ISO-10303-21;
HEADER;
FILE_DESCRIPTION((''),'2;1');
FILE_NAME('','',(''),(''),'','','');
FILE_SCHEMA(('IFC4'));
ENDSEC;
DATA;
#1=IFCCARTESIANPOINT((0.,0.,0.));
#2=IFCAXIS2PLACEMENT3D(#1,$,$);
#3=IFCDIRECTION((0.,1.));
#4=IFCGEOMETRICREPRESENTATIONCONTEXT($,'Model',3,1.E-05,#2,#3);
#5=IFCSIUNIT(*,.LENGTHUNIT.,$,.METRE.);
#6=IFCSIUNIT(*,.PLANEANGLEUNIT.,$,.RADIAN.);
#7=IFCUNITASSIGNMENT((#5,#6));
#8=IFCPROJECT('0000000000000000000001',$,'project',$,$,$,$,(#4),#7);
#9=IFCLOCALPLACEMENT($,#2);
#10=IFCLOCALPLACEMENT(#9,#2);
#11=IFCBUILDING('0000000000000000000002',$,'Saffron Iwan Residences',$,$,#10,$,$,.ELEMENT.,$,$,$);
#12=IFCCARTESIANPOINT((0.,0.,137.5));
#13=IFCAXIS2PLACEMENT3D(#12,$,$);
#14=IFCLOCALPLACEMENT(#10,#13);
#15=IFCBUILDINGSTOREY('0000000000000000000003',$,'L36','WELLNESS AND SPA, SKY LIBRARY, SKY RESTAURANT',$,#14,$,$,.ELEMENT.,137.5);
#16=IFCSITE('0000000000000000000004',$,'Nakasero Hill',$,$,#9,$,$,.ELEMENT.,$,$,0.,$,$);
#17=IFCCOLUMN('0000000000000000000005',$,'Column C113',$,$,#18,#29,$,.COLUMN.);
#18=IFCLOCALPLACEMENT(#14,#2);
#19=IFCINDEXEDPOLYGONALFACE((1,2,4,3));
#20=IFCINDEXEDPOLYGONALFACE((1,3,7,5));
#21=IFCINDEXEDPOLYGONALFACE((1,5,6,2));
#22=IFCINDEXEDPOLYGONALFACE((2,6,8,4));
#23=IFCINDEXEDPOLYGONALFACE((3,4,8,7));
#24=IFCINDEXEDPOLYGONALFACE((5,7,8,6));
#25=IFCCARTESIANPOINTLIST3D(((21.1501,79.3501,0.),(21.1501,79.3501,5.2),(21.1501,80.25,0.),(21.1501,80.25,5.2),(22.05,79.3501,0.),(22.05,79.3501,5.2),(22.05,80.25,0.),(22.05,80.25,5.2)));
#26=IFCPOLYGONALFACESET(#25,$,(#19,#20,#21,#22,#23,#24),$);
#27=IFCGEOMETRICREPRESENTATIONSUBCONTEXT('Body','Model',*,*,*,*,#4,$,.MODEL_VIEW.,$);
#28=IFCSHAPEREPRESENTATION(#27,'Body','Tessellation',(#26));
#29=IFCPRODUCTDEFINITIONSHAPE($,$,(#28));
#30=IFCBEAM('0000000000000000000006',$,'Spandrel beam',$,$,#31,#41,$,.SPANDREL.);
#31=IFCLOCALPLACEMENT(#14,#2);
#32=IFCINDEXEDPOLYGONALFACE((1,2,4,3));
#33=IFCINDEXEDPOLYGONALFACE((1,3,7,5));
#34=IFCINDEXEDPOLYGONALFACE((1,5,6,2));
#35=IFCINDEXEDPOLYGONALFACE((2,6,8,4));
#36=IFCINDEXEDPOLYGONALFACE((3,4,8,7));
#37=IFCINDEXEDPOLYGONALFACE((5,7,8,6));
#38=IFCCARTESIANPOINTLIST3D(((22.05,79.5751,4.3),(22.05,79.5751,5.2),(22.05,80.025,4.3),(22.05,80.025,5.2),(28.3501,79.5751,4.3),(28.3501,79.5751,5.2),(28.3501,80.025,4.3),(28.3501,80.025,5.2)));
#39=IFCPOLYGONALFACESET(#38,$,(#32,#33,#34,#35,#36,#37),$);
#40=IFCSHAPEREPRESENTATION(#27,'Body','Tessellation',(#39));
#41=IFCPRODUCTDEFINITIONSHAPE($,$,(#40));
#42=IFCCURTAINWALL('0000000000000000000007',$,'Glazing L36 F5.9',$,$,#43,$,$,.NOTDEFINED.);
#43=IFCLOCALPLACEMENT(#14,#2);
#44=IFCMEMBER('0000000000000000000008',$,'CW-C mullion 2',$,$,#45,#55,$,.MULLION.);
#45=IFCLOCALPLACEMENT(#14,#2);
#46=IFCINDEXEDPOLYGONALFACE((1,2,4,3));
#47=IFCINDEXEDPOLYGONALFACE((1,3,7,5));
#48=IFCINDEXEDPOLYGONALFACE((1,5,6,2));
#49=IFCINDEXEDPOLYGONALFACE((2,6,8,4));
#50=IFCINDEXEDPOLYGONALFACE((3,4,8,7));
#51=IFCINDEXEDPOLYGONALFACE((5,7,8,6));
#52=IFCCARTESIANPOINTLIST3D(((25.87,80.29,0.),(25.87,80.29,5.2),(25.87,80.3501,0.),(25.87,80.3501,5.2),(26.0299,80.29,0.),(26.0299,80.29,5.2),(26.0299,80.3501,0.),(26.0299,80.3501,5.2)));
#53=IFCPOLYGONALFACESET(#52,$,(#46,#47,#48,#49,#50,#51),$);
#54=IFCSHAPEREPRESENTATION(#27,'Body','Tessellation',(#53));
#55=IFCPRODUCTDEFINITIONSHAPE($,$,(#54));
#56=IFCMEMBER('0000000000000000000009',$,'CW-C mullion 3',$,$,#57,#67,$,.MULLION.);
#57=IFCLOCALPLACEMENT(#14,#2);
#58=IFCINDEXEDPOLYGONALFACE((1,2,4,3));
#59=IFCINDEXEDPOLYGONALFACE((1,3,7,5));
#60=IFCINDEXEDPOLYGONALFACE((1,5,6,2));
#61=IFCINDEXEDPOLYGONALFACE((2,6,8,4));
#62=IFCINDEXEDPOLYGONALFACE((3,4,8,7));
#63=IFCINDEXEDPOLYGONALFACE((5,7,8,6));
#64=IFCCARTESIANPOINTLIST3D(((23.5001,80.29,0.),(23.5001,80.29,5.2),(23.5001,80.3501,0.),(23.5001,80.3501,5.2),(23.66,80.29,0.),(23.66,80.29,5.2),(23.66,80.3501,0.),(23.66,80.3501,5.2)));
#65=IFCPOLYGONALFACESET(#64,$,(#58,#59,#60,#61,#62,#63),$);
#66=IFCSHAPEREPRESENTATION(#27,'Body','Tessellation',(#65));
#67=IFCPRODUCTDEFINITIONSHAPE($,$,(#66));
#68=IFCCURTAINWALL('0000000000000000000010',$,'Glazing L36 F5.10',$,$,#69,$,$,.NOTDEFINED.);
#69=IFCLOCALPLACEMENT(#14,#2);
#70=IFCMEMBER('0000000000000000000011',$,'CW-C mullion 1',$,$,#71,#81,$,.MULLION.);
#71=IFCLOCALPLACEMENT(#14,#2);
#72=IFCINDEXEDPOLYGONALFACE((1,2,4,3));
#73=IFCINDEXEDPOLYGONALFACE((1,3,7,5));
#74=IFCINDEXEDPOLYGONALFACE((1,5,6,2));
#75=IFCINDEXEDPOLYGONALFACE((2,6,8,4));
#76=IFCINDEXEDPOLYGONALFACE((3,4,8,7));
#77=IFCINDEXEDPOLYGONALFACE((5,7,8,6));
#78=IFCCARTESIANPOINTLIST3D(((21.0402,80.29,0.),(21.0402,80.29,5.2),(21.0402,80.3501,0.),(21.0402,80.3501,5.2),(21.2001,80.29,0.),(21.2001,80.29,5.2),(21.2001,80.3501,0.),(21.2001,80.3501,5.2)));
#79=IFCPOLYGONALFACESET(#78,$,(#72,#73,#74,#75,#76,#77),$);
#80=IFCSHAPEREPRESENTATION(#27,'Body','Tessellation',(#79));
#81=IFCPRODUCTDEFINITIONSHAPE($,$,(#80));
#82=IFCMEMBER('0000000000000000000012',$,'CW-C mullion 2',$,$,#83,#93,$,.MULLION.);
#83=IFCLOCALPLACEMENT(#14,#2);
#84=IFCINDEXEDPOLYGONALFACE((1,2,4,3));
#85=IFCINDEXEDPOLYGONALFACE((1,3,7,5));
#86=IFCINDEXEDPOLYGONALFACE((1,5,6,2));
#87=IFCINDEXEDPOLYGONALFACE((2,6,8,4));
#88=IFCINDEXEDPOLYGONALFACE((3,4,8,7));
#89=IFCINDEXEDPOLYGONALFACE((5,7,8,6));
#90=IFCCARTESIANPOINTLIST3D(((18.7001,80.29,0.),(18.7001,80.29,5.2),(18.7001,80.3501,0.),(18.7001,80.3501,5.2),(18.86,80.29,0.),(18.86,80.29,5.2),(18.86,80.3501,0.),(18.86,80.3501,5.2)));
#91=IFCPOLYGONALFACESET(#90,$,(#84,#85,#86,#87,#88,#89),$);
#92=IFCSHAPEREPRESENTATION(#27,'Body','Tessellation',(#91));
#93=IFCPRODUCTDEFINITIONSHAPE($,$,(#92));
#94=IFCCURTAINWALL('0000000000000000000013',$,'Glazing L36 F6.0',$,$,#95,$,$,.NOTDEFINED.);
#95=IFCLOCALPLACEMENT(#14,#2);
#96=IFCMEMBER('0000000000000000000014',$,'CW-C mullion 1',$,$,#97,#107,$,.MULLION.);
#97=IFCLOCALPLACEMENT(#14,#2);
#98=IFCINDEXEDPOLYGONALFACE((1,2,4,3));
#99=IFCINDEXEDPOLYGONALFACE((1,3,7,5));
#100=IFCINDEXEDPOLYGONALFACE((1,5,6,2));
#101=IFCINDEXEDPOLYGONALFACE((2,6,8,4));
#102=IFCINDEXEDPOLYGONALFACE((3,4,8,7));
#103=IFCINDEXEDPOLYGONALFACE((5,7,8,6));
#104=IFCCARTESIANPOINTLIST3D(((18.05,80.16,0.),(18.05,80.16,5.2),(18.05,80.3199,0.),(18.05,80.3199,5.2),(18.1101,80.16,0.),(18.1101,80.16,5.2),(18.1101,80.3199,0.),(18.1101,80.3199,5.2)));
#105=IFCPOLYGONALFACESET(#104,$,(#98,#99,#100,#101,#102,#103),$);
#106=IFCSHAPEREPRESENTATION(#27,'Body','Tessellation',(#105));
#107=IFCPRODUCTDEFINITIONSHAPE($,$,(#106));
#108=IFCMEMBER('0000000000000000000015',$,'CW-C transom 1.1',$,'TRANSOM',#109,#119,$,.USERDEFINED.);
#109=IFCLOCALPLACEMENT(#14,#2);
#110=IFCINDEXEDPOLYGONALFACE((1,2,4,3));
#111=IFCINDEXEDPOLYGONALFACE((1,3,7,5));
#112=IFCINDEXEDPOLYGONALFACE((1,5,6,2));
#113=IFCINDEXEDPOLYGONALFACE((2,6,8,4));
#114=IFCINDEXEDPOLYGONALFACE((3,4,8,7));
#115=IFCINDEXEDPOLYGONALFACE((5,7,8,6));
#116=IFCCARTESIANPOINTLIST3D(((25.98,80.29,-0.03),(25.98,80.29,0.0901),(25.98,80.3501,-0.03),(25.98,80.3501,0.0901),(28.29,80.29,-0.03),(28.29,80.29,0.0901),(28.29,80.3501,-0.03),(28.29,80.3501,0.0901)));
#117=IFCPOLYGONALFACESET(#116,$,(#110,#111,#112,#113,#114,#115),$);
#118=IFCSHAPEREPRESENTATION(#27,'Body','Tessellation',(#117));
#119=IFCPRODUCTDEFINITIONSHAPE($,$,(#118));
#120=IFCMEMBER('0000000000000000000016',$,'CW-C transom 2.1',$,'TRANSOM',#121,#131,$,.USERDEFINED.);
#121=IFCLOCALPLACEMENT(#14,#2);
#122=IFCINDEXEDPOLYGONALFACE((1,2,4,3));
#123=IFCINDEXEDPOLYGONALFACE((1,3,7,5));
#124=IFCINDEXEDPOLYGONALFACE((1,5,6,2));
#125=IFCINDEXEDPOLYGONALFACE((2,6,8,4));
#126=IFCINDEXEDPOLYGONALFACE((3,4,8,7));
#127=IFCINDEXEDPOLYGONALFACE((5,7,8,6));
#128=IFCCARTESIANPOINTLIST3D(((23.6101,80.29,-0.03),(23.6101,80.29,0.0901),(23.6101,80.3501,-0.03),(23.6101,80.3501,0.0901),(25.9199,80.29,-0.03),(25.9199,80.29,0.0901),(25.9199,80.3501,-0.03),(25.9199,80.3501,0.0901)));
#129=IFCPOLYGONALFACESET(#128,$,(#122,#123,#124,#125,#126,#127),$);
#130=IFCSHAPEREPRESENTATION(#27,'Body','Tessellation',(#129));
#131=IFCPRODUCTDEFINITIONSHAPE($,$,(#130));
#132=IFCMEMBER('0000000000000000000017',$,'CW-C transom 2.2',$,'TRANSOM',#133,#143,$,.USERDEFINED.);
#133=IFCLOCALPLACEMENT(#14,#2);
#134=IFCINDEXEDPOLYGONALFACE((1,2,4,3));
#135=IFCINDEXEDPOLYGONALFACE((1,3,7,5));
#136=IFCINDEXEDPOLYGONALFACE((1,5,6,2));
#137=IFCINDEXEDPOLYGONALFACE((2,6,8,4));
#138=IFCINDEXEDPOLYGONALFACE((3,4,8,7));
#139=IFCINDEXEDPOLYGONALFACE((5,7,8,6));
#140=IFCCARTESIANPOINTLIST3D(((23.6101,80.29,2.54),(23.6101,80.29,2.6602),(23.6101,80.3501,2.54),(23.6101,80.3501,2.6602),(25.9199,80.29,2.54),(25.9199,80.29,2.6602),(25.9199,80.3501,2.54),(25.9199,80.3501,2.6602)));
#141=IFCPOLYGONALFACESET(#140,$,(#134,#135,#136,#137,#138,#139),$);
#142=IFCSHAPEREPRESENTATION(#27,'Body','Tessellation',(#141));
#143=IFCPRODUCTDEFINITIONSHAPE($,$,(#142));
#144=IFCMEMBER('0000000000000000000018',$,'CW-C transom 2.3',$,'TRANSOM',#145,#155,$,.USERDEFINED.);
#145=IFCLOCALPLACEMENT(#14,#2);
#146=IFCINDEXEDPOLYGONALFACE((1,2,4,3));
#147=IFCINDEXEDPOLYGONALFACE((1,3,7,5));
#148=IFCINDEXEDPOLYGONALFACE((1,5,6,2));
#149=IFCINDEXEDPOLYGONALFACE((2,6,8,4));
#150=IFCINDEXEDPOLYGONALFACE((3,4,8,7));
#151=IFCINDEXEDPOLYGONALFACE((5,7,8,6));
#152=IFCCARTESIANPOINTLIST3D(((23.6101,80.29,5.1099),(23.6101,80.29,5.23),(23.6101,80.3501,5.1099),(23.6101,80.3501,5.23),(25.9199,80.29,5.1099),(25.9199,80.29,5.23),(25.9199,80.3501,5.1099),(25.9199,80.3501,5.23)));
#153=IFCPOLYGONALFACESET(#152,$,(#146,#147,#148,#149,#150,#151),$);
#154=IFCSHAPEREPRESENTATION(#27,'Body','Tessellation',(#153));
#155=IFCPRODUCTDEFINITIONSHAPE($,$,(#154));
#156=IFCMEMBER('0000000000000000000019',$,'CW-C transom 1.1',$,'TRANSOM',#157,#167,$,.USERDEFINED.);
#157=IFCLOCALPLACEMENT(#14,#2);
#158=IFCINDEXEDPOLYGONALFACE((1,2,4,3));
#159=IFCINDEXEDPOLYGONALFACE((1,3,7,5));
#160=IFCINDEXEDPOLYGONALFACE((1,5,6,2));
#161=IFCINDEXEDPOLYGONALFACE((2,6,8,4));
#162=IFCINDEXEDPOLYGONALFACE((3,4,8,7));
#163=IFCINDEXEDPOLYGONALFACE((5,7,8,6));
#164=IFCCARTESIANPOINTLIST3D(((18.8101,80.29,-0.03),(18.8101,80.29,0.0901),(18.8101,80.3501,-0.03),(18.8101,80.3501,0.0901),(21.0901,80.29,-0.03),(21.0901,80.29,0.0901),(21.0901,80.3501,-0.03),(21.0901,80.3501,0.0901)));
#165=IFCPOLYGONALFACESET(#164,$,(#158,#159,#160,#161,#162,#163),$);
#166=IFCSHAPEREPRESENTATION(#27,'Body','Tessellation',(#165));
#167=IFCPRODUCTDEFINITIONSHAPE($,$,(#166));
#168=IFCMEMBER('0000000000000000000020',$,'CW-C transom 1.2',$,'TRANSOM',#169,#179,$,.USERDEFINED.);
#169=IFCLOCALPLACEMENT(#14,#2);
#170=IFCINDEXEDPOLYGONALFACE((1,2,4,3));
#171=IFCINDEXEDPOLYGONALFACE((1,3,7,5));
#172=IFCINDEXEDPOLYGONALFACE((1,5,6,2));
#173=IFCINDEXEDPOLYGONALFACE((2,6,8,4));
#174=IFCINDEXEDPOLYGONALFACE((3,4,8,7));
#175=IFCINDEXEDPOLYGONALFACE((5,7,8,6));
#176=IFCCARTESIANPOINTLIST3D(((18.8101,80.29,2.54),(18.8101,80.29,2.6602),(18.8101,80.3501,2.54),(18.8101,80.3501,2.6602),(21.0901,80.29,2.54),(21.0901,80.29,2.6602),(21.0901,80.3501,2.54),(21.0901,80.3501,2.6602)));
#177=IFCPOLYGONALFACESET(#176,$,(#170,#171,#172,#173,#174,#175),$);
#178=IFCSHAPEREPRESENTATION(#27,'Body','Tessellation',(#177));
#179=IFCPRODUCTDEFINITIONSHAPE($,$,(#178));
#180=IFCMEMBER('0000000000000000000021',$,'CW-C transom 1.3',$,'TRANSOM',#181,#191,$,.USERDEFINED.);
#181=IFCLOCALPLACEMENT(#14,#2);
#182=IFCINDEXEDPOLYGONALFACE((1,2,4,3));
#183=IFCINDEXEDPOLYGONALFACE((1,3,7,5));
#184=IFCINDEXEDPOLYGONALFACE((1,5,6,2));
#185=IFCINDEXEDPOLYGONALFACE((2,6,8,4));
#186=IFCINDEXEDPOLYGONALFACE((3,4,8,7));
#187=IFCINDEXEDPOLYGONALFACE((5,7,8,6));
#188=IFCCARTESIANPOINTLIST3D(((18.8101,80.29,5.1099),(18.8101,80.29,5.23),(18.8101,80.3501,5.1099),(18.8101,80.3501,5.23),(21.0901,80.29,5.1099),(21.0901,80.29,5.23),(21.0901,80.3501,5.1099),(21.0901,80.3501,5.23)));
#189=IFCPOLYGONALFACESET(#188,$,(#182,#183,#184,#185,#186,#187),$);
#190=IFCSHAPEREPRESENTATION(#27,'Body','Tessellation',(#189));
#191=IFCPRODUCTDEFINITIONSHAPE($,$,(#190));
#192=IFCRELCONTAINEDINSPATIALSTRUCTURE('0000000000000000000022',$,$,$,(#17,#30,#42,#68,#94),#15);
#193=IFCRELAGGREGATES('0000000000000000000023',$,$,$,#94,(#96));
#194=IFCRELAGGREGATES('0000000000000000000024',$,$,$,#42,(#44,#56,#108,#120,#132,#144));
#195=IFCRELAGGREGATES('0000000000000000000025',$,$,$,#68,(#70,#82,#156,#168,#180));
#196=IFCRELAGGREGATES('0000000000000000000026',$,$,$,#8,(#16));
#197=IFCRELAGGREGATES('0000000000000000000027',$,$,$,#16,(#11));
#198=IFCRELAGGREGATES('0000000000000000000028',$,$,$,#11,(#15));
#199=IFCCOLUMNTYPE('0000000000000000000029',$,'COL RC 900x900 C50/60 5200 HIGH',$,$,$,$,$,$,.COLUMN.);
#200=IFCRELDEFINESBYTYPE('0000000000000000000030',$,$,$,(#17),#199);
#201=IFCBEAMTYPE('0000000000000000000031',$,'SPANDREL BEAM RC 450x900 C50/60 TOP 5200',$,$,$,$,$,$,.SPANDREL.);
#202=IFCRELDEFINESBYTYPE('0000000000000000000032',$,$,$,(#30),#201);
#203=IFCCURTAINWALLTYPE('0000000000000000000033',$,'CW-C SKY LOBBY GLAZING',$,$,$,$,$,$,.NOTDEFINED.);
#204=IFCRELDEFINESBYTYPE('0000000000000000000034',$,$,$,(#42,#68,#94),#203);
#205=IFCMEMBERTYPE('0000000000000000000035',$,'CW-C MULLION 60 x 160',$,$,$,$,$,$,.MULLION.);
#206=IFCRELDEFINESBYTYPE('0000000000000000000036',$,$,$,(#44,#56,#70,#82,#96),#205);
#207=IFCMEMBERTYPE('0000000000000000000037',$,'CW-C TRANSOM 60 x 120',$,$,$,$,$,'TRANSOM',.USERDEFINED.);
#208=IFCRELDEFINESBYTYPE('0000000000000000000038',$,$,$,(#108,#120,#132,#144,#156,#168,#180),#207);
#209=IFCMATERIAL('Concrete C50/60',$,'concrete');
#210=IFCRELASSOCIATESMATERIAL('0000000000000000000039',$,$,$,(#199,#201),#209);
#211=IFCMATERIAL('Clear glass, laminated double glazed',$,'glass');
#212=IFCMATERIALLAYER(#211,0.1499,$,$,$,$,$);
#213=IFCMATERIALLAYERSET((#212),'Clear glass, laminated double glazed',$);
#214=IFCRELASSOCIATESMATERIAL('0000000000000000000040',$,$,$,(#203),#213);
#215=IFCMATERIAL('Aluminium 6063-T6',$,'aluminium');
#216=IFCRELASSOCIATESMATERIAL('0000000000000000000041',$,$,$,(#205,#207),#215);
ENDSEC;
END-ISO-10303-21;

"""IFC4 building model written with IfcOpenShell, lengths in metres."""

from ifc_helpers import new_model, si_unit, direction, frame, origin, origin_2d, place, context, subcontext, project, spatial, rectangle, extrude, source, transform, mapped, material, layer, layer_set, material_profile, profile_set, type_object, element, aggregate, save


model = new_model("IFC4")

# Units and contexts
model_context = context("Model", 3, precision=1e-05, world=origin(), true_north=direction((0.0, 1.0)))
body_context = subcontext(model_context, "Body", "Model", "MODEL_VIEW")
ifc_project = project(units=[si_unit("LENGTHUNIT", "METRE"), si_unit("PLANEANGLEUNIT", "RADIAN")], contexts=[model_context])

# Site, building, storey
site_placement = place(None, origin())
site = spatial("IfcSite", under=ifc_project, at=site_placement, Name="Nakasero Hill", CompositionType="ELEMENT", RefElevation=0.0)
building_placement = place(site_placement, origin())
building = spatial("IfcBuilding", under=site, at=building_placement, Name="Saffron Iwan Residences", CompositionType="ELEMENT")
storey_placement = place(building_placement, frame((0.0, 0.0, 137.5)))
storey = spatial("IfcBuildingStorey", under=building, at=storey_placement, Name="L36", Description="WELLNESS AND SPA, SKY LIBRARY, SKY RESTAURANT", CompositionType="ELEMENT", Elevation=137.5)

# Column
ifc_material_1 = material(Name="Concrete C50/60", Category="concrete")
ifc_material_profile_1 = material_profile(ifc_material_1, rectangle(XDim=0.8999, YDim=0.8999, at=origin_2d()), Name="RC 900x900")
ifc_profile_set_1 = profile_set([ifc_material_profile_1], Name="Concrete C50/60")
column_type = type_object("IfcColumnType", Name="COL RC 900x900 C50/60 5200 HIGH", PredefinedType="COLUMN", material=ifc_profile_set_1)
shared_shape_1 = source(origin(), body_context, "Body", "SweptSolid", [
    extrude(rectangle(XDim=0.8999, YDim=0.8999, at=origin_2d()), origin(), (0.0, 0.0, 1.0), 5.2),
])
column_placement = place(storey_placement, frame((21.6001, 79.8, 0.0), z_axis=(0.0, 0.0, 1.0), x_axis=(1.0, 0.0, 0.0)))
element("IfcColumn", 1, at=column_placement, inside=storey, type_object=column_type, Name="Column C113", PredefinedType="COLUMN", context=body_context, shape_type="MappedRepresentation", body=[
    mapped(shared_shape_1, transform((0.0, 0.0, 0.0))),
])

# Beam
ifc_material_profile_2 = material_profile(ifc_material_1, rectangle(XDim=0.45, YDim=0.8999, at=origin_2d()), Name="RC 450x900")
ifc_profile_set_2 = profile_set([ifc_material_profile_2], Name="Concrete C50/60")
beam_type = type_object("IfcBeamType", Name="SPANDREL BEAM RC 450x900 C50/60 TOP 5200", PredefinedType="SPANDREL", material=ifc_profile_set_2)
shared_shape_2 = source(origin(), body_context, "Body", "SweptSolid", [
    extrude(rectangle(XDim=0.45, YDim=0.8999, at=origin_2d()), origin(), (0.0, 0.0, 1.0), 6.3),
])
beam_placement = place(storey_placement, frame((22.05, 79.8, 4.75), z_axis=(1.0, 0.0, 0.0), x_axis=(0.0, 1.0, 0.0)))
element("IfcBeam", 2, at=beam_placement, inside=storey, type_object=beam_type, Name="Spandrel beam", PredefinedType="SPANDREL", context=body_context, shape_type="MappedRepresentation", body=[
    mapped(shared_shape_2, transform((0.0, 0.0, 0.0))),
])

# Curtain walls, members
ifc_material_2 = material(Name="Clear glass, laminated double glazed", Category="glass")
ifc_layer_1 = layer(ifc_material_2, 0.1499)
ifc_layer_set_1 = layer_set([ifc_layer_1], Name="Clear glass, laminated double glazed")
curtain_wall_type = type_object("IfcCurtainWallType", Name="CW-C SKY LOBBY GLAZING", PredefinedType="NOTDEFINED", material=ifc_layer_set_1)
curtain_wall_1_placement = place(storey_placement, origin())
curtain_wall_1 = element("IfcCurtainWall", 3, at=curtain_wall_1_placement, inside=storey, type_object=curtain_wall_type, Name="Glazing L36 F5.9", PredefinedType="NOTDEFINED")
ifc_material_3 = material(Name="Aluminium 6063-T6", Category="aluminium")
ifc_material_profile_3 = material_profile(ifc_material_3, rectangle(XDim=0.0601, YDim=0.1599, at=origin_2d()), Name="CW-C MULLION 60 x 160")
ifc_profile_set_3 = profile_set([ifc_material_profile_3], Name="Aluminium 6063-T6")
member_type_1 = type_object("IfcMemberType", Name="CW-C MULLION 60 x 160", PredefinedType="MULLION", material=ifc_profile_set_3)
shared_shape_3 = source(origin(), body_context, "Body", "SweptSolid", [
    extrude(rectangle(XDim=0.0601, YDim=0.1599, at=origin_2d()), origin(), (0.0, 0.0, 1.0), 5.2),
])
member_1_placement = place(storey_placement, frame((25.95, 80.3201, 0.0), z_axis=(0.0, 0.0, 1.0), x_axis=(0.0, -1.0, 0.0)))
member_1 = element("IfcMember", 4, at=member_1_placement, type_object=member_type_1, Name="CW-C mullion 2", PredefinedType="MULLION", context=body_context, shape_type="MappedRepresentation", body=[
    mapped(shared_shape_3, transform((0.0, 0.0, 0.0))),
])
member_2_placement = place(storey_placement, frame((23.5801, 80.3201, 0.0), z_axis=(0.0, 0.0, 1.0), x_axis=(0.0, -1.0, 0.0)))
member_2 = element("IfcMember", 5, at=member_2_placement, type_object=member_type_1, Name="CW-C mullion 3", PredefinedType="MULLION", context=body_context, shape_type="MappedRepresentation", body=[
    mapped(shared_shape_3, transform((0.0, 0.0, 0.0))),
])
curtain_wall_2_placement = place(storey_placement, origin())
curtain_wall_2 = element("IfcCurtainWall", 6, at=curtain_wall_2_placement, inside=storey, type_object=curtain_wall_type, Name="Glazing L36 F5.10", PredefinedType="NOTDEFINED")
member_3_placement = place(storey_placement, frame((21.1201, 80.3201, 0.0), z_axis=(0.0, 0.0, 1.0), x_axis=(0.0, -1.0, 0.0)))
member_3 = element("IfcMember", 7, at=member_3_placement, type_object=member_type_1, Name="CW-C mullion 1", PredefinedType="MULLION", context=body_context, shape_type="MappedRepresentation", body=[
    mapped(shared_shape_3, transform((0.0, 0.0, 0.0))),
])
member_4_placement = place(storey_placement, frame((18.78, 80.3201, 0.0), z_axis=(0.0, 0.0, 1.0), x_axis=(0.0, -1.0, 0.0)))
member_4 = element("IfcMember", 8, at=member_4_placement, type_object=member_type_1, Name="CW-C mullion 2", PredefinedType="MULLION", context=body_context, shape_type="MappedRepresentation", body=[
    mapped(shared_shape_3, transform((0.0, 0.0, 0.0))),
])

# Curtain wall, member
curtain_wall_3_placement = place(storey_placement, origin())
curtain_wall_3 = element("IfcCurtainWall", 9, at=curtain_wall_3_placement, inside=storey, type_object=curtain_wall_type, Name="Glazing L36 F6.0", PredefinedType="NOTDEFINED")
member_5_placement = place(storey_placement, frame((18.0801, 80.24, 0.0), z_axis=(0.0, 0.0, 1.0), x_axis=(1.0, 0.0, 0.0)))
member_5 = element("IfcMember", 10, at=member_5_placement, type_object=member_type_1, Name="CW-C mullion 1", PredefinedType="MULLION", context=body_context, shape_type="MappedRepresentation", body=[
    mapped(shared_shape_3, transform((0.0, 0.0, 0.0))),
])
aggregate(curtain_wall_3, [member_5])

# Members
ifc_material_profile_4 = material_profile(ifc_material_3, rectangle(XDim=0.0601, YDim=0.1201, at=origin_2d()), Name="CW-C TRANSOM 60 x 120")
ifc_profile_set_4 = profile_set([ifc_material_profile_4], Name="Aluminium 6063-T6")
member_type_2 = type_object("IfcMemberType", Name="CW-C TRANSOM 60 x 120", ElementType="TRANSOM", PredefinedType="USERDEFINED", material=ifc_profile_set_4)
shared_shape_4 = source(origin(), body_context, "Body", "SweptSolid", [
    extrude(rectangle(XDim=0.0601, YDim=0.1201, at=origin_2d()), origin(), (0.0, 0.0, 1.0), 2.3101),
])
member_6_placement = place(storey_placement, frame((28.29, 80.3201, 0.03), z_axis=(-1.0, 0.0, 0.0), x_axis=(0.0, -1.0, 0.0)))
member_6 = element("IfcMember", 11, at=member_6_placement, type_object=member_type_2, Name="CW-C transom 1.1", ObjectType="TRANSOM", PredefinedType="USERDEFINED", context=body_context, shape_type="MappedRepresentation", body=[
    mapped(shared_shape_4, transform((0.0, 0.0, 0.0))),
])
shared_shape_5 = source(origin(), body_context, "Body", "SweptSolid", [
    extrude(rectangle(XDim=0.0601, YDim=0.1201, at=origin_2d()), origin(), (0.0, 0.0, 1.0), 2.3098),
])
member_7_placement = place(storey_placement, frame((25.9199, 80.3201, 0.03), z_axis=(-1.0, 0.0, 0.0), x_axis=(0.0, -1.0, 0.0)))
member_7 = element("IfcMember", 12, at=member_7_placement, type_object=member_type_2, Name="CW-C transom 2.1", ObjectType="TRANSOM", PredefinedType="USERDEFINED", context=body_context, shape_type="MappedRepresentation", body=[
    mapped(shared_shape_5, transform((0.0, 0.0, 0.0))),
])
member_8_placement = place(storey_placement, frame((25.9199, 80.3201, 2.6001), z_axis=(-1.0, 0.0, 0.0), x_axis=(0.0, -1.0, 0.0)))
member_8 = element("IfcMember", 13, at=member_8_placement, type_object=member_type_2, Name="CW-C transom 2.2", ObjectType="TRANSOM", PredefinedType="USERDEFINED", context=body_context, shape_type="MappedRepresentation", body=[
    mapped(shared_shape_5, transform((0.0, 0.0, 0.0))),
])
member_9_placement = place(storey_placement, frame((25.9199, 80.3201, 5.1699), z_axis=(-1.0, 0.0, 0.0), x_axis=(0.0, -1.0, 0.0)))
member_9 = element("IfcMember", 14, at=member_9_placement, type_object=member_type_2, Name="CW-C transom 2.3", ObjectType="TRANSOM", PredefinedType="USERDEFINED", context=body_context, shape_type="MappedRepresentation", body=[
    mapped(shared_shape_5, transform((0.0, 0.0, 0.0))),
])
shared_shape_6 = source(origin(), body_context, "Body", "SweptSolid", [
    extrude(rectangle(XDim=0.0601, YDim=0.1201, at=origin_2d()), origin(), (0.0, 0.0, 1.0), 2.28),
])
member_10_placement = place(storey_placement, frame((21.0901, 80.3201, 0.03), z_axis=(-1.0, 0.0, 0.0), x_axis=(0.0, -1.0, 0.0)))
member_10 = element("IfcMember", 15, at=member_10_placement, type_object=member_type_2, Name="CW-C transom 1.1", ObjectType="TRANSOM", PredefinedType="USERDEFINED", context=body_context, shape_type="MappedRepresentation", body=[
    mapped(shared_shape_6, transform((0.0, 0.0, 0.0))),
])
member_11_placement = place(storey_placement, frame((21.0901, 80.3201, 2.6001), z_axis=(-1.0, 0.0, 0.0), x_axis=(0.0, -1.0, 0.0)))
member_11 = element("IfcMember", 16, at=member_11_placement, type_object=member_type_2, Name="CW-C transom 1.2", ObjectType="TRANSOM", PredefinedType="USERDEFINED", context=body_context, shape_type="MappedRepresentation", body=[
    mapped(shared_shape_6, transform((0.0, 0.0, 0.0))),
])
member_12_placement = place(storey_placement, frame((21.0901, 80.3201, 5.1699), z_axis=(-1.0, 0.0, 0.0), x_axis=(0.0, -1.0, 0.0)))
member_12 = element("IfcMember", 17, at=member_12_placement, type_object=member_type_2, Name="CW-C transom 1.3", ObjectType="TRANSOM", PredefinedType="USERDEFINED", context=body_context, shape_type="MappedRepresentation", body=[
    mapped(shared_shape_6, transform((0.0, 0.0, 0.0))),
])

aggregate(curtain_wall_1, [member_1, member_2, member_6, member_7, member_8, member_9])
aggregate(curtain_wall_2, [member_3, member_4, member_10, member_11, member_12])

save(model, "model.ifc")
